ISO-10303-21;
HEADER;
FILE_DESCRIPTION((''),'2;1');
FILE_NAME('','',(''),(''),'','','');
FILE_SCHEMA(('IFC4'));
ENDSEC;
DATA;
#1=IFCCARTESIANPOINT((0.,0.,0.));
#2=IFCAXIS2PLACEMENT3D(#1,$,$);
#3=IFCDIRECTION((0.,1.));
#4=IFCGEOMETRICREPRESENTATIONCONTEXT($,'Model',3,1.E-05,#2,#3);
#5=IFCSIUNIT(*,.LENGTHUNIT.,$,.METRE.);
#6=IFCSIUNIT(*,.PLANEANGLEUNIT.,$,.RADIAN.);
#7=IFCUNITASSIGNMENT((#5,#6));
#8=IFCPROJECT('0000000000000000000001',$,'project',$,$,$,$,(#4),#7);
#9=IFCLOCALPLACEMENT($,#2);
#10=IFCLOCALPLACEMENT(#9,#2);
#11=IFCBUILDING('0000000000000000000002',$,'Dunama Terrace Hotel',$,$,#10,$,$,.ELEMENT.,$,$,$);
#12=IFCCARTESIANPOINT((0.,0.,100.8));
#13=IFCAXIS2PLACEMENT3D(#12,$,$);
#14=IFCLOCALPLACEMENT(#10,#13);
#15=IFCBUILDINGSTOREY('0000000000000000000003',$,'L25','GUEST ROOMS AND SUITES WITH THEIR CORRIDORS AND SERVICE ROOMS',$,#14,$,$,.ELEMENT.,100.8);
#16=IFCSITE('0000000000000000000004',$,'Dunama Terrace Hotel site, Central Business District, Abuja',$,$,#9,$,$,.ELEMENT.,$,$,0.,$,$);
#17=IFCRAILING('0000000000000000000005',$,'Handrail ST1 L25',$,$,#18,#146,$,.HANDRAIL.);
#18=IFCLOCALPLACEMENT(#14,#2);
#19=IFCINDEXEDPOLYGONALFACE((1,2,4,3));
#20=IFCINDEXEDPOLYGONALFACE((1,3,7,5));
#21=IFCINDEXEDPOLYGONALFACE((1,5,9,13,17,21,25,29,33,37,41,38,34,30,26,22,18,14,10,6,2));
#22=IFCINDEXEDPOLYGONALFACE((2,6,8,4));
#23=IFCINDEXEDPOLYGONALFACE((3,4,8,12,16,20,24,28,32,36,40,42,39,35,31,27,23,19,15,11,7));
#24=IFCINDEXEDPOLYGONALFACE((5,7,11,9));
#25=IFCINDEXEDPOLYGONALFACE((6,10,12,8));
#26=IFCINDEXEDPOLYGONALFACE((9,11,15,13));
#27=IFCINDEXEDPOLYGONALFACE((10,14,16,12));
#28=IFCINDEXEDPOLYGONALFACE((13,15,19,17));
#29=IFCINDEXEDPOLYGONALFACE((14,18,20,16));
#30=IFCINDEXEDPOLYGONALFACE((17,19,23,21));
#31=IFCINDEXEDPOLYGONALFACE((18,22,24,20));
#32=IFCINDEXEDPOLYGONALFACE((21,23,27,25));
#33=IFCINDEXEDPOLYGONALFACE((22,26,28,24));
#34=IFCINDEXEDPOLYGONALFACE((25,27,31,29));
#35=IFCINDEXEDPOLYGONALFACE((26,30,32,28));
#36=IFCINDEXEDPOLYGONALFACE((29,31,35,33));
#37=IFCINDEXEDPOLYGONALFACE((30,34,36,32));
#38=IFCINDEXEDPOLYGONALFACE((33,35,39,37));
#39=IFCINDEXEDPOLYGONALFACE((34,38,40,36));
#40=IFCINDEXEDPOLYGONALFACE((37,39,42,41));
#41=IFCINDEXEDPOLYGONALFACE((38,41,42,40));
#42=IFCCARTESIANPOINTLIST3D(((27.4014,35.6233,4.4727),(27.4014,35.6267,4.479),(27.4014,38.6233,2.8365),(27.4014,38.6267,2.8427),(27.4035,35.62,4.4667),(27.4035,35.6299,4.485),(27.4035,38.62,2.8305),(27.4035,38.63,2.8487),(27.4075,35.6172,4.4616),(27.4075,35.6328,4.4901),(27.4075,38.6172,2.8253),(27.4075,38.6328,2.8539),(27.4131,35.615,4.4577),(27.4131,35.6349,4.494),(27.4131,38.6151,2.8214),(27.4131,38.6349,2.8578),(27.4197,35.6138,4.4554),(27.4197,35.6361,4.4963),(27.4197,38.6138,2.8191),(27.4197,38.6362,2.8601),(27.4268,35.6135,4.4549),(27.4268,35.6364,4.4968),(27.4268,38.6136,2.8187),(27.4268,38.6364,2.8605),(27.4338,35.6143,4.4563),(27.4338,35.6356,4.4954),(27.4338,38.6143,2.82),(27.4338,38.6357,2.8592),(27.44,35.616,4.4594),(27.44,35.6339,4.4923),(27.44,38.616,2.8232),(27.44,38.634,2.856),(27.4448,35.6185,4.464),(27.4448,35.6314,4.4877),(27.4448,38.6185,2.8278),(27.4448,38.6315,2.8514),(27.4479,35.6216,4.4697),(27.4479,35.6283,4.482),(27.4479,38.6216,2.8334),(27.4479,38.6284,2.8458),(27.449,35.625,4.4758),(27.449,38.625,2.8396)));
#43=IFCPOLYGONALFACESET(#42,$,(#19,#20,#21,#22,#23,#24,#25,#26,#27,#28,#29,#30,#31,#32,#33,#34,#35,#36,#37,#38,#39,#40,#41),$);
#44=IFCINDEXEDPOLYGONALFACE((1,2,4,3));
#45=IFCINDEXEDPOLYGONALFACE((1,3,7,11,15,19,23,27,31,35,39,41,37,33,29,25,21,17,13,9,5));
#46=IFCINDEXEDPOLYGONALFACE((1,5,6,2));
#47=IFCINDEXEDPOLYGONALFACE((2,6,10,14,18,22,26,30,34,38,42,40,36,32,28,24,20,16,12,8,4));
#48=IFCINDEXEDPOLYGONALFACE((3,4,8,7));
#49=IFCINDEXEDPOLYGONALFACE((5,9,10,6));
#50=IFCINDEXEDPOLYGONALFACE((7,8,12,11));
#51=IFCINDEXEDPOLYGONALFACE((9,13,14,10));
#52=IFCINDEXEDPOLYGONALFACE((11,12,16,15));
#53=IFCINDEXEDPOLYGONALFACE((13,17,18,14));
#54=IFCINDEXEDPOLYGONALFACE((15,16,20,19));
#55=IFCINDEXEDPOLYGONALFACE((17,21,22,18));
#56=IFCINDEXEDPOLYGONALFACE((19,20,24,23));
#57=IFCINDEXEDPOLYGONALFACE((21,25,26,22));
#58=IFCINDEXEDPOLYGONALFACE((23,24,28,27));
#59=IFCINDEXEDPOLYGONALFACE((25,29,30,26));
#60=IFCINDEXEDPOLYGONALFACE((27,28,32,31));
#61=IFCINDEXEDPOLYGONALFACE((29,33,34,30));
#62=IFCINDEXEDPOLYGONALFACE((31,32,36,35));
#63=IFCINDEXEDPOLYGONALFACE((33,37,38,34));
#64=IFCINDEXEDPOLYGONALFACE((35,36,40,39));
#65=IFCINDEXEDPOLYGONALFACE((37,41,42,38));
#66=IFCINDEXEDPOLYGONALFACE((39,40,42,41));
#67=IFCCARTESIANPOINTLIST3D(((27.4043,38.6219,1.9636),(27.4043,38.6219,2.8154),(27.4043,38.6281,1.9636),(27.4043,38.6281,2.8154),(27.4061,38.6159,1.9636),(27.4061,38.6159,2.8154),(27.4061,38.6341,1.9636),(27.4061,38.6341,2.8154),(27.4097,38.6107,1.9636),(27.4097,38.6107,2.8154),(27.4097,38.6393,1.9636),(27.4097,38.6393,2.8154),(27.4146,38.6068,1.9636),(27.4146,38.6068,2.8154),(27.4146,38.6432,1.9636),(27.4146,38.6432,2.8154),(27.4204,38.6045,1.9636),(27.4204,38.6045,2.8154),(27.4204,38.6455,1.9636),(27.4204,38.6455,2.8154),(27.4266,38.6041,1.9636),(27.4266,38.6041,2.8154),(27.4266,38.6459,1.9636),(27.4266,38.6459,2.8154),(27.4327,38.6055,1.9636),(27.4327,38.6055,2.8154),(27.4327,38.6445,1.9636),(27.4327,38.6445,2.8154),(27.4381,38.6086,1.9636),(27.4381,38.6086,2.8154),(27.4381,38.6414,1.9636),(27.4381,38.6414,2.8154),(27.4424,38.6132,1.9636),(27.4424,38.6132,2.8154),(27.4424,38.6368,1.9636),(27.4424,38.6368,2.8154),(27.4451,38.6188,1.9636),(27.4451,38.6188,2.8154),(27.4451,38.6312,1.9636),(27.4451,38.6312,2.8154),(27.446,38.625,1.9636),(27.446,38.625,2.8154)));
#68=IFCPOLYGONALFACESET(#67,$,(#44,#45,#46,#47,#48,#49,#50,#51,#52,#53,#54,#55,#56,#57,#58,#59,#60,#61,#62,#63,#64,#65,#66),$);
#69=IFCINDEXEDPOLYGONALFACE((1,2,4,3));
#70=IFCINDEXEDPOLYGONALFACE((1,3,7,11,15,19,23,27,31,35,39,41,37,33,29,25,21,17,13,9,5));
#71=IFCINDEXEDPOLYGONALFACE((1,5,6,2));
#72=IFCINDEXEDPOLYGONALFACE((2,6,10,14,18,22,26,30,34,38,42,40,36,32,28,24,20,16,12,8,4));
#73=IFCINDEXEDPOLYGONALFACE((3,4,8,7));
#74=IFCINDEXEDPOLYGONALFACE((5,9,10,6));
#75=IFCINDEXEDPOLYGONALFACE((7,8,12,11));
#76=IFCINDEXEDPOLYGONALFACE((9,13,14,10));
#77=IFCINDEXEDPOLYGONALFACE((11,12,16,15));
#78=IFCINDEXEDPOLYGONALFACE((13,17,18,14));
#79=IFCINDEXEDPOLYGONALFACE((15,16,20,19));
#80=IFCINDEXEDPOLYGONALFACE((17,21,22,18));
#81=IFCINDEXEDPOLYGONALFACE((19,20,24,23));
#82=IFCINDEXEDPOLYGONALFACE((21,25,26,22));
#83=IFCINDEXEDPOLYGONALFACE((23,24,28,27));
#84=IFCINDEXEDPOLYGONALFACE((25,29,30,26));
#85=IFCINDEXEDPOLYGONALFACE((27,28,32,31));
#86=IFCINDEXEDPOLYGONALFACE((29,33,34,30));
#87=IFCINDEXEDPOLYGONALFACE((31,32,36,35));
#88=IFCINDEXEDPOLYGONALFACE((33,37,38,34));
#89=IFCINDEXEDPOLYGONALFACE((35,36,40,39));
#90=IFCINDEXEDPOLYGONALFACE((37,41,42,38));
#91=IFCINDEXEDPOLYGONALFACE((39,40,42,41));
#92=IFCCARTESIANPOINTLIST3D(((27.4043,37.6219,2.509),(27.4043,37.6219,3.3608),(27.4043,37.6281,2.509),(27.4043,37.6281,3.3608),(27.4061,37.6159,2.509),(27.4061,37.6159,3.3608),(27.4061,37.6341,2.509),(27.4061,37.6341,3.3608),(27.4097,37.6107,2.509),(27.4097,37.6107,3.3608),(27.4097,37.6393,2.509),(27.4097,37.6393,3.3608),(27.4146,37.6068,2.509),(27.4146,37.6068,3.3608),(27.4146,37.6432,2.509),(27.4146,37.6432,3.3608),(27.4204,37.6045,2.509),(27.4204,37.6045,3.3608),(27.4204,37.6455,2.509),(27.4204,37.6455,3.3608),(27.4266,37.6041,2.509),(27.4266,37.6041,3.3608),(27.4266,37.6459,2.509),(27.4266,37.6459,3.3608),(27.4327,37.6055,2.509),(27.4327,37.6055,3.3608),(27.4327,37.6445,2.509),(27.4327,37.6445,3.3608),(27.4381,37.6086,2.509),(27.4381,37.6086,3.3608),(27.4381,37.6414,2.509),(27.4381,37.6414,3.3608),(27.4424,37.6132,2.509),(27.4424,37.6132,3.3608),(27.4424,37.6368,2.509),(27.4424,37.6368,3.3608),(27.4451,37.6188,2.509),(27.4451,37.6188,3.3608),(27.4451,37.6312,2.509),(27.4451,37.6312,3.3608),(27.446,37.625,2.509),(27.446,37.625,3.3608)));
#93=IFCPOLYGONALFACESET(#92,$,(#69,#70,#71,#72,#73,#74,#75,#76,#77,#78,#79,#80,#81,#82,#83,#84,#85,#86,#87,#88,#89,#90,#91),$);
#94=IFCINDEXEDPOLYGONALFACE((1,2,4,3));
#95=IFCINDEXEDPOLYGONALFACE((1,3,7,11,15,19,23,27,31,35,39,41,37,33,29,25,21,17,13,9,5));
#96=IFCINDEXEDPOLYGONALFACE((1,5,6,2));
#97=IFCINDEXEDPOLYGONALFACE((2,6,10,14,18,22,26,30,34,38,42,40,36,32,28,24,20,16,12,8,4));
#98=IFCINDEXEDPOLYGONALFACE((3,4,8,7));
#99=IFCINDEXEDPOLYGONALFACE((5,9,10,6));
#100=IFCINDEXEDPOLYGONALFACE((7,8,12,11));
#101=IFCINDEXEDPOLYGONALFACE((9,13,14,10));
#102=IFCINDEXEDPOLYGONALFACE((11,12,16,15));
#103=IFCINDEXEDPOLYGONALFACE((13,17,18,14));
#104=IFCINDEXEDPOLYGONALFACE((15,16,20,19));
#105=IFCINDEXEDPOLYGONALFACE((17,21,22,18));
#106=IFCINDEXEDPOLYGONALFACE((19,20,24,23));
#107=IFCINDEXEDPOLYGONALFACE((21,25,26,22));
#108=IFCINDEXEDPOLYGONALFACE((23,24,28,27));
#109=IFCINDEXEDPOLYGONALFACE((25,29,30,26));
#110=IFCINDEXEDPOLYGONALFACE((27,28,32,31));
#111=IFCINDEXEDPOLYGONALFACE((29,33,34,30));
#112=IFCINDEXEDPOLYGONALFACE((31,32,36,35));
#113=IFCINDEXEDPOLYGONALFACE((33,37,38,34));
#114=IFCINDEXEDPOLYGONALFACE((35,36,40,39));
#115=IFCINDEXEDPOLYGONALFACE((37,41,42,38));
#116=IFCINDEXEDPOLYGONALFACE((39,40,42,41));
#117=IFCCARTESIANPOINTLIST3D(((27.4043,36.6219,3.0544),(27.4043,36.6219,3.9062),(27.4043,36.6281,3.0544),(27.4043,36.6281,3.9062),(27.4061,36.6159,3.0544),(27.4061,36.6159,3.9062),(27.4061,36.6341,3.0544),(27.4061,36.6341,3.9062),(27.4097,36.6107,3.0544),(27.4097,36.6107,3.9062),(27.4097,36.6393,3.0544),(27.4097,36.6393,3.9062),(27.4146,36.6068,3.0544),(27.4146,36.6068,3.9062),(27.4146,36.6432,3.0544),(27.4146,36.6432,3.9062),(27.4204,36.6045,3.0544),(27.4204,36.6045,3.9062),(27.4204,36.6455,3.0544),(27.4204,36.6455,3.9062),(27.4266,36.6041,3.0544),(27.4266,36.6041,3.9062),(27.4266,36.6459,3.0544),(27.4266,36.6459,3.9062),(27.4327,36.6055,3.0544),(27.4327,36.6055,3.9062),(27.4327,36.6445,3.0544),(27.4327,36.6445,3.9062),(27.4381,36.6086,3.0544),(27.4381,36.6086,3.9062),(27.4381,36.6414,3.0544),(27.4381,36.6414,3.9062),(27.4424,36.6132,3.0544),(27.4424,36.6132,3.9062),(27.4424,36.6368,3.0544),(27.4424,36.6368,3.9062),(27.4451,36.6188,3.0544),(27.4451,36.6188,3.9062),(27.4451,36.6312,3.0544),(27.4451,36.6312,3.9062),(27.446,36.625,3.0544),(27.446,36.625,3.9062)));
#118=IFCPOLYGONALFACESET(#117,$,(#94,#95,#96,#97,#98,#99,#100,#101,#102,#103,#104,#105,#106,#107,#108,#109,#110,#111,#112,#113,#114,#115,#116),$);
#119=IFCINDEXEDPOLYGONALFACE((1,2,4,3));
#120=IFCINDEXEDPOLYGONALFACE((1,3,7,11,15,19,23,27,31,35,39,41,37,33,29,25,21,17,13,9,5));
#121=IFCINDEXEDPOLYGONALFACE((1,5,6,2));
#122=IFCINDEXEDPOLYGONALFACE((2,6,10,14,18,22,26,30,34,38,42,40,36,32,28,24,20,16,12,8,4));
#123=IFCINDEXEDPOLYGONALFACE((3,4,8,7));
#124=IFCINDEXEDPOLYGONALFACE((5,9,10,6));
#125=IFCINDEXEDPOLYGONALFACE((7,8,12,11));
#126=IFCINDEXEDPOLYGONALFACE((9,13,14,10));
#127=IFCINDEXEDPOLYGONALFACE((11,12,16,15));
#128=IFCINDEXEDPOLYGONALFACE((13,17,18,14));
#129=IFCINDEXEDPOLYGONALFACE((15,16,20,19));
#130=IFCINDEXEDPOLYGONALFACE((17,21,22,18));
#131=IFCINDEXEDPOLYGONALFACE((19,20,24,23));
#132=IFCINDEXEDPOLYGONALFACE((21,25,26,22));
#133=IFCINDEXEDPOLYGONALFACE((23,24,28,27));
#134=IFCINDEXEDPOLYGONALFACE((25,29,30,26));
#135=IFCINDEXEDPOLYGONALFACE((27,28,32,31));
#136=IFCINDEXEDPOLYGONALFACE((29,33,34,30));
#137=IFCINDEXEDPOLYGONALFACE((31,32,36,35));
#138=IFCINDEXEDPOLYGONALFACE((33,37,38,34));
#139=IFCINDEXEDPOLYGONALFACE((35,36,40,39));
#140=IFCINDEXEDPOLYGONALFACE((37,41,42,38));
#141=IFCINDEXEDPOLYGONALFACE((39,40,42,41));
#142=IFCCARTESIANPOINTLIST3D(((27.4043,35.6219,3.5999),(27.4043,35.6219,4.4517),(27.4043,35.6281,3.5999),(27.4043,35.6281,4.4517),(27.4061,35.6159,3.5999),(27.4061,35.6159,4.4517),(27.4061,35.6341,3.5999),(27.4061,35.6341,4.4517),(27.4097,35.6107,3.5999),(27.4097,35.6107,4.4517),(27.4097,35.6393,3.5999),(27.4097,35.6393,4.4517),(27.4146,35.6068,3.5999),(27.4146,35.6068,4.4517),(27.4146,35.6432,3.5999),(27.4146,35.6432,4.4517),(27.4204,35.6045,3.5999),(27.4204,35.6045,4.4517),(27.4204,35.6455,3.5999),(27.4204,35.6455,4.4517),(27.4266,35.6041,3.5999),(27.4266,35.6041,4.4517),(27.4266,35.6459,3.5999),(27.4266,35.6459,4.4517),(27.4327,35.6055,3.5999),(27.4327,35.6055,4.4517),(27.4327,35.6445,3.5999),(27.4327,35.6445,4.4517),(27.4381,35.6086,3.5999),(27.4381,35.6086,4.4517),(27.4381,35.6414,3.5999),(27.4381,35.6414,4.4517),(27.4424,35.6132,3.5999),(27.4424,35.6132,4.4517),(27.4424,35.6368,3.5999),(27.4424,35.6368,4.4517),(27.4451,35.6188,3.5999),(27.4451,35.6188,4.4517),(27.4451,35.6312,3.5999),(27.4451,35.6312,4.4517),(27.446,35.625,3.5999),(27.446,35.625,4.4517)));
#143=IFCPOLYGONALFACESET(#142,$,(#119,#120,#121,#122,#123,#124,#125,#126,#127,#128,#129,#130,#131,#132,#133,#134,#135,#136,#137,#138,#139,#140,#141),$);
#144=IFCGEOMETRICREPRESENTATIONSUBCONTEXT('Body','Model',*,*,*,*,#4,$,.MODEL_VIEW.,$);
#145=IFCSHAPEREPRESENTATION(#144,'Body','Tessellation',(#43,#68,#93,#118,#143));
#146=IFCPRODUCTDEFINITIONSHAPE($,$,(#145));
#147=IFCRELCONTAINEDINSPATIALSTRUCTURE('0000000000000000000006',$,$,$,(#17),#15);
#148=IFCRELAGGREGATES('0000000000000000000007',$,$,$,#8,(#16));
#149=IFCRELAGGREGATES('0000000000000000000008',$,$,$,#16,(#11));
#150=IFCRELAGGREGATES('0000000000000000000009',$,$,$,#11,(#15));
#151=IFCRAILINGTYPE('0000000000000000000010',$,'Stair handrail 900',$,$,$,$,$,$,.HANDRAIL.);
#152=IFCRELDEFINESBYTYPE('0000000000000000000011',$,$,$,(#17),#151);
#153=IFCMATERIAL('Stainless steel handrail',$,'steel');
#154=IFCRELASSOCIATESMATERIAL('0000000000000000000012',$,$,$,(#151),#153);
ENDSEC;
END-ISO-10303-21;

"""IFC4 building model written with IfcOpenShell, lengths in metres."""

from ifc_helpers import new_model, si_unit, direction, frame, origin, origin_2d, place, context, subcontext, project, spatial, circle, extrude, material, type_object, element, save


model = new_model("IFC4")

# Units and contexts
model_context = context("Model", 3, precision=1e-05, world=origin(), true_north=direction((0.0, 1.0)))
body_context = subcontext(model_context, "Body", "Model", "MODEL_VIEW")
ifc_project = project(units=[si_unit("LENGTHUNIT", "METRE"), si_unit("PLANEANGLEUNIT", "RADIAN")], contexts=[model_context])

# Site, building, storey
site_placement = place(None, origin())
site = spatial("IfcSite", under=ifc_project, at=site_placement, Name="Dunama Terrace Hotel site, Central Business District, Abuja", CompositionType="ELEMENT", RefElevation=0.0)
building_placement = place(site_placement, origin())
building = spatial("IfcBuilding", under=site, at=building_placement, Name="Dunama Terrace Hotel", CompositionType="ELEMENT")
storey_placement = place(building_placement, frame((0.0, 0.0, 100.8)))
storey = spatial("IfcBuildingStorey", under=building, at=storey_placement, Name="L25", Description="GUEST ROOMS AND SUITES WITH THEIR CORRIDORS AND SERVICE ROOMS", CompositionType="ELEMENT", Elevation=100.8)

# Railing
ifc_material_1 = material(Name="Stainless steel handrail", Category="steel")
railing_type = type_object("IfcRailingType", Name="Stair handrail 900", PredefinedType="HANDRAIL", material=ifc_material_1)
railing_1_placement = place(storey_placement, frame((27.425, 38.625, 1.9636)))
element("IfcRailing", 1, at=railing_1_placement, inside=storey, type_object=railing_type, Name="Handrail ST1 L25", PredefinedType="HANDRAIL", context=body_context, shape_type="SweptSolid", body=[
    extrude(circle(Radius=0.0239, at=origin_2d()), frame((0.0, 0.0, 0.876), z_axis=(0.0, -0.877912, 0.478822), x_axis=(1.0, 0.0, 0.0)), (0.0, 0.0, 1.0), 3.4172),
    extrude(circle(Radius=0.021, at=origin_2d()), origin(), (0.0, 0.0, 1.0), 0.8518),
    extrude(circle(Radius=0.021, at=origin_2d()), frame((0.0, -1.0, 0.5454)), (0.0, 0.0, 1.0), 0.8518),
    extrude(circle(Radius=0.021, at=origin_2d()), frame((0.0, -2.0, 1.0908)), (0.0, 0.0, 1.0), 0.8518),
    extrude(circle(Radius=0.021, at=origin_2d()), frame((0.0, -3.0, 1.6362)), (0.0, 0.0, 1.0), 0.8518),
])

save(model, "model.ifc")
